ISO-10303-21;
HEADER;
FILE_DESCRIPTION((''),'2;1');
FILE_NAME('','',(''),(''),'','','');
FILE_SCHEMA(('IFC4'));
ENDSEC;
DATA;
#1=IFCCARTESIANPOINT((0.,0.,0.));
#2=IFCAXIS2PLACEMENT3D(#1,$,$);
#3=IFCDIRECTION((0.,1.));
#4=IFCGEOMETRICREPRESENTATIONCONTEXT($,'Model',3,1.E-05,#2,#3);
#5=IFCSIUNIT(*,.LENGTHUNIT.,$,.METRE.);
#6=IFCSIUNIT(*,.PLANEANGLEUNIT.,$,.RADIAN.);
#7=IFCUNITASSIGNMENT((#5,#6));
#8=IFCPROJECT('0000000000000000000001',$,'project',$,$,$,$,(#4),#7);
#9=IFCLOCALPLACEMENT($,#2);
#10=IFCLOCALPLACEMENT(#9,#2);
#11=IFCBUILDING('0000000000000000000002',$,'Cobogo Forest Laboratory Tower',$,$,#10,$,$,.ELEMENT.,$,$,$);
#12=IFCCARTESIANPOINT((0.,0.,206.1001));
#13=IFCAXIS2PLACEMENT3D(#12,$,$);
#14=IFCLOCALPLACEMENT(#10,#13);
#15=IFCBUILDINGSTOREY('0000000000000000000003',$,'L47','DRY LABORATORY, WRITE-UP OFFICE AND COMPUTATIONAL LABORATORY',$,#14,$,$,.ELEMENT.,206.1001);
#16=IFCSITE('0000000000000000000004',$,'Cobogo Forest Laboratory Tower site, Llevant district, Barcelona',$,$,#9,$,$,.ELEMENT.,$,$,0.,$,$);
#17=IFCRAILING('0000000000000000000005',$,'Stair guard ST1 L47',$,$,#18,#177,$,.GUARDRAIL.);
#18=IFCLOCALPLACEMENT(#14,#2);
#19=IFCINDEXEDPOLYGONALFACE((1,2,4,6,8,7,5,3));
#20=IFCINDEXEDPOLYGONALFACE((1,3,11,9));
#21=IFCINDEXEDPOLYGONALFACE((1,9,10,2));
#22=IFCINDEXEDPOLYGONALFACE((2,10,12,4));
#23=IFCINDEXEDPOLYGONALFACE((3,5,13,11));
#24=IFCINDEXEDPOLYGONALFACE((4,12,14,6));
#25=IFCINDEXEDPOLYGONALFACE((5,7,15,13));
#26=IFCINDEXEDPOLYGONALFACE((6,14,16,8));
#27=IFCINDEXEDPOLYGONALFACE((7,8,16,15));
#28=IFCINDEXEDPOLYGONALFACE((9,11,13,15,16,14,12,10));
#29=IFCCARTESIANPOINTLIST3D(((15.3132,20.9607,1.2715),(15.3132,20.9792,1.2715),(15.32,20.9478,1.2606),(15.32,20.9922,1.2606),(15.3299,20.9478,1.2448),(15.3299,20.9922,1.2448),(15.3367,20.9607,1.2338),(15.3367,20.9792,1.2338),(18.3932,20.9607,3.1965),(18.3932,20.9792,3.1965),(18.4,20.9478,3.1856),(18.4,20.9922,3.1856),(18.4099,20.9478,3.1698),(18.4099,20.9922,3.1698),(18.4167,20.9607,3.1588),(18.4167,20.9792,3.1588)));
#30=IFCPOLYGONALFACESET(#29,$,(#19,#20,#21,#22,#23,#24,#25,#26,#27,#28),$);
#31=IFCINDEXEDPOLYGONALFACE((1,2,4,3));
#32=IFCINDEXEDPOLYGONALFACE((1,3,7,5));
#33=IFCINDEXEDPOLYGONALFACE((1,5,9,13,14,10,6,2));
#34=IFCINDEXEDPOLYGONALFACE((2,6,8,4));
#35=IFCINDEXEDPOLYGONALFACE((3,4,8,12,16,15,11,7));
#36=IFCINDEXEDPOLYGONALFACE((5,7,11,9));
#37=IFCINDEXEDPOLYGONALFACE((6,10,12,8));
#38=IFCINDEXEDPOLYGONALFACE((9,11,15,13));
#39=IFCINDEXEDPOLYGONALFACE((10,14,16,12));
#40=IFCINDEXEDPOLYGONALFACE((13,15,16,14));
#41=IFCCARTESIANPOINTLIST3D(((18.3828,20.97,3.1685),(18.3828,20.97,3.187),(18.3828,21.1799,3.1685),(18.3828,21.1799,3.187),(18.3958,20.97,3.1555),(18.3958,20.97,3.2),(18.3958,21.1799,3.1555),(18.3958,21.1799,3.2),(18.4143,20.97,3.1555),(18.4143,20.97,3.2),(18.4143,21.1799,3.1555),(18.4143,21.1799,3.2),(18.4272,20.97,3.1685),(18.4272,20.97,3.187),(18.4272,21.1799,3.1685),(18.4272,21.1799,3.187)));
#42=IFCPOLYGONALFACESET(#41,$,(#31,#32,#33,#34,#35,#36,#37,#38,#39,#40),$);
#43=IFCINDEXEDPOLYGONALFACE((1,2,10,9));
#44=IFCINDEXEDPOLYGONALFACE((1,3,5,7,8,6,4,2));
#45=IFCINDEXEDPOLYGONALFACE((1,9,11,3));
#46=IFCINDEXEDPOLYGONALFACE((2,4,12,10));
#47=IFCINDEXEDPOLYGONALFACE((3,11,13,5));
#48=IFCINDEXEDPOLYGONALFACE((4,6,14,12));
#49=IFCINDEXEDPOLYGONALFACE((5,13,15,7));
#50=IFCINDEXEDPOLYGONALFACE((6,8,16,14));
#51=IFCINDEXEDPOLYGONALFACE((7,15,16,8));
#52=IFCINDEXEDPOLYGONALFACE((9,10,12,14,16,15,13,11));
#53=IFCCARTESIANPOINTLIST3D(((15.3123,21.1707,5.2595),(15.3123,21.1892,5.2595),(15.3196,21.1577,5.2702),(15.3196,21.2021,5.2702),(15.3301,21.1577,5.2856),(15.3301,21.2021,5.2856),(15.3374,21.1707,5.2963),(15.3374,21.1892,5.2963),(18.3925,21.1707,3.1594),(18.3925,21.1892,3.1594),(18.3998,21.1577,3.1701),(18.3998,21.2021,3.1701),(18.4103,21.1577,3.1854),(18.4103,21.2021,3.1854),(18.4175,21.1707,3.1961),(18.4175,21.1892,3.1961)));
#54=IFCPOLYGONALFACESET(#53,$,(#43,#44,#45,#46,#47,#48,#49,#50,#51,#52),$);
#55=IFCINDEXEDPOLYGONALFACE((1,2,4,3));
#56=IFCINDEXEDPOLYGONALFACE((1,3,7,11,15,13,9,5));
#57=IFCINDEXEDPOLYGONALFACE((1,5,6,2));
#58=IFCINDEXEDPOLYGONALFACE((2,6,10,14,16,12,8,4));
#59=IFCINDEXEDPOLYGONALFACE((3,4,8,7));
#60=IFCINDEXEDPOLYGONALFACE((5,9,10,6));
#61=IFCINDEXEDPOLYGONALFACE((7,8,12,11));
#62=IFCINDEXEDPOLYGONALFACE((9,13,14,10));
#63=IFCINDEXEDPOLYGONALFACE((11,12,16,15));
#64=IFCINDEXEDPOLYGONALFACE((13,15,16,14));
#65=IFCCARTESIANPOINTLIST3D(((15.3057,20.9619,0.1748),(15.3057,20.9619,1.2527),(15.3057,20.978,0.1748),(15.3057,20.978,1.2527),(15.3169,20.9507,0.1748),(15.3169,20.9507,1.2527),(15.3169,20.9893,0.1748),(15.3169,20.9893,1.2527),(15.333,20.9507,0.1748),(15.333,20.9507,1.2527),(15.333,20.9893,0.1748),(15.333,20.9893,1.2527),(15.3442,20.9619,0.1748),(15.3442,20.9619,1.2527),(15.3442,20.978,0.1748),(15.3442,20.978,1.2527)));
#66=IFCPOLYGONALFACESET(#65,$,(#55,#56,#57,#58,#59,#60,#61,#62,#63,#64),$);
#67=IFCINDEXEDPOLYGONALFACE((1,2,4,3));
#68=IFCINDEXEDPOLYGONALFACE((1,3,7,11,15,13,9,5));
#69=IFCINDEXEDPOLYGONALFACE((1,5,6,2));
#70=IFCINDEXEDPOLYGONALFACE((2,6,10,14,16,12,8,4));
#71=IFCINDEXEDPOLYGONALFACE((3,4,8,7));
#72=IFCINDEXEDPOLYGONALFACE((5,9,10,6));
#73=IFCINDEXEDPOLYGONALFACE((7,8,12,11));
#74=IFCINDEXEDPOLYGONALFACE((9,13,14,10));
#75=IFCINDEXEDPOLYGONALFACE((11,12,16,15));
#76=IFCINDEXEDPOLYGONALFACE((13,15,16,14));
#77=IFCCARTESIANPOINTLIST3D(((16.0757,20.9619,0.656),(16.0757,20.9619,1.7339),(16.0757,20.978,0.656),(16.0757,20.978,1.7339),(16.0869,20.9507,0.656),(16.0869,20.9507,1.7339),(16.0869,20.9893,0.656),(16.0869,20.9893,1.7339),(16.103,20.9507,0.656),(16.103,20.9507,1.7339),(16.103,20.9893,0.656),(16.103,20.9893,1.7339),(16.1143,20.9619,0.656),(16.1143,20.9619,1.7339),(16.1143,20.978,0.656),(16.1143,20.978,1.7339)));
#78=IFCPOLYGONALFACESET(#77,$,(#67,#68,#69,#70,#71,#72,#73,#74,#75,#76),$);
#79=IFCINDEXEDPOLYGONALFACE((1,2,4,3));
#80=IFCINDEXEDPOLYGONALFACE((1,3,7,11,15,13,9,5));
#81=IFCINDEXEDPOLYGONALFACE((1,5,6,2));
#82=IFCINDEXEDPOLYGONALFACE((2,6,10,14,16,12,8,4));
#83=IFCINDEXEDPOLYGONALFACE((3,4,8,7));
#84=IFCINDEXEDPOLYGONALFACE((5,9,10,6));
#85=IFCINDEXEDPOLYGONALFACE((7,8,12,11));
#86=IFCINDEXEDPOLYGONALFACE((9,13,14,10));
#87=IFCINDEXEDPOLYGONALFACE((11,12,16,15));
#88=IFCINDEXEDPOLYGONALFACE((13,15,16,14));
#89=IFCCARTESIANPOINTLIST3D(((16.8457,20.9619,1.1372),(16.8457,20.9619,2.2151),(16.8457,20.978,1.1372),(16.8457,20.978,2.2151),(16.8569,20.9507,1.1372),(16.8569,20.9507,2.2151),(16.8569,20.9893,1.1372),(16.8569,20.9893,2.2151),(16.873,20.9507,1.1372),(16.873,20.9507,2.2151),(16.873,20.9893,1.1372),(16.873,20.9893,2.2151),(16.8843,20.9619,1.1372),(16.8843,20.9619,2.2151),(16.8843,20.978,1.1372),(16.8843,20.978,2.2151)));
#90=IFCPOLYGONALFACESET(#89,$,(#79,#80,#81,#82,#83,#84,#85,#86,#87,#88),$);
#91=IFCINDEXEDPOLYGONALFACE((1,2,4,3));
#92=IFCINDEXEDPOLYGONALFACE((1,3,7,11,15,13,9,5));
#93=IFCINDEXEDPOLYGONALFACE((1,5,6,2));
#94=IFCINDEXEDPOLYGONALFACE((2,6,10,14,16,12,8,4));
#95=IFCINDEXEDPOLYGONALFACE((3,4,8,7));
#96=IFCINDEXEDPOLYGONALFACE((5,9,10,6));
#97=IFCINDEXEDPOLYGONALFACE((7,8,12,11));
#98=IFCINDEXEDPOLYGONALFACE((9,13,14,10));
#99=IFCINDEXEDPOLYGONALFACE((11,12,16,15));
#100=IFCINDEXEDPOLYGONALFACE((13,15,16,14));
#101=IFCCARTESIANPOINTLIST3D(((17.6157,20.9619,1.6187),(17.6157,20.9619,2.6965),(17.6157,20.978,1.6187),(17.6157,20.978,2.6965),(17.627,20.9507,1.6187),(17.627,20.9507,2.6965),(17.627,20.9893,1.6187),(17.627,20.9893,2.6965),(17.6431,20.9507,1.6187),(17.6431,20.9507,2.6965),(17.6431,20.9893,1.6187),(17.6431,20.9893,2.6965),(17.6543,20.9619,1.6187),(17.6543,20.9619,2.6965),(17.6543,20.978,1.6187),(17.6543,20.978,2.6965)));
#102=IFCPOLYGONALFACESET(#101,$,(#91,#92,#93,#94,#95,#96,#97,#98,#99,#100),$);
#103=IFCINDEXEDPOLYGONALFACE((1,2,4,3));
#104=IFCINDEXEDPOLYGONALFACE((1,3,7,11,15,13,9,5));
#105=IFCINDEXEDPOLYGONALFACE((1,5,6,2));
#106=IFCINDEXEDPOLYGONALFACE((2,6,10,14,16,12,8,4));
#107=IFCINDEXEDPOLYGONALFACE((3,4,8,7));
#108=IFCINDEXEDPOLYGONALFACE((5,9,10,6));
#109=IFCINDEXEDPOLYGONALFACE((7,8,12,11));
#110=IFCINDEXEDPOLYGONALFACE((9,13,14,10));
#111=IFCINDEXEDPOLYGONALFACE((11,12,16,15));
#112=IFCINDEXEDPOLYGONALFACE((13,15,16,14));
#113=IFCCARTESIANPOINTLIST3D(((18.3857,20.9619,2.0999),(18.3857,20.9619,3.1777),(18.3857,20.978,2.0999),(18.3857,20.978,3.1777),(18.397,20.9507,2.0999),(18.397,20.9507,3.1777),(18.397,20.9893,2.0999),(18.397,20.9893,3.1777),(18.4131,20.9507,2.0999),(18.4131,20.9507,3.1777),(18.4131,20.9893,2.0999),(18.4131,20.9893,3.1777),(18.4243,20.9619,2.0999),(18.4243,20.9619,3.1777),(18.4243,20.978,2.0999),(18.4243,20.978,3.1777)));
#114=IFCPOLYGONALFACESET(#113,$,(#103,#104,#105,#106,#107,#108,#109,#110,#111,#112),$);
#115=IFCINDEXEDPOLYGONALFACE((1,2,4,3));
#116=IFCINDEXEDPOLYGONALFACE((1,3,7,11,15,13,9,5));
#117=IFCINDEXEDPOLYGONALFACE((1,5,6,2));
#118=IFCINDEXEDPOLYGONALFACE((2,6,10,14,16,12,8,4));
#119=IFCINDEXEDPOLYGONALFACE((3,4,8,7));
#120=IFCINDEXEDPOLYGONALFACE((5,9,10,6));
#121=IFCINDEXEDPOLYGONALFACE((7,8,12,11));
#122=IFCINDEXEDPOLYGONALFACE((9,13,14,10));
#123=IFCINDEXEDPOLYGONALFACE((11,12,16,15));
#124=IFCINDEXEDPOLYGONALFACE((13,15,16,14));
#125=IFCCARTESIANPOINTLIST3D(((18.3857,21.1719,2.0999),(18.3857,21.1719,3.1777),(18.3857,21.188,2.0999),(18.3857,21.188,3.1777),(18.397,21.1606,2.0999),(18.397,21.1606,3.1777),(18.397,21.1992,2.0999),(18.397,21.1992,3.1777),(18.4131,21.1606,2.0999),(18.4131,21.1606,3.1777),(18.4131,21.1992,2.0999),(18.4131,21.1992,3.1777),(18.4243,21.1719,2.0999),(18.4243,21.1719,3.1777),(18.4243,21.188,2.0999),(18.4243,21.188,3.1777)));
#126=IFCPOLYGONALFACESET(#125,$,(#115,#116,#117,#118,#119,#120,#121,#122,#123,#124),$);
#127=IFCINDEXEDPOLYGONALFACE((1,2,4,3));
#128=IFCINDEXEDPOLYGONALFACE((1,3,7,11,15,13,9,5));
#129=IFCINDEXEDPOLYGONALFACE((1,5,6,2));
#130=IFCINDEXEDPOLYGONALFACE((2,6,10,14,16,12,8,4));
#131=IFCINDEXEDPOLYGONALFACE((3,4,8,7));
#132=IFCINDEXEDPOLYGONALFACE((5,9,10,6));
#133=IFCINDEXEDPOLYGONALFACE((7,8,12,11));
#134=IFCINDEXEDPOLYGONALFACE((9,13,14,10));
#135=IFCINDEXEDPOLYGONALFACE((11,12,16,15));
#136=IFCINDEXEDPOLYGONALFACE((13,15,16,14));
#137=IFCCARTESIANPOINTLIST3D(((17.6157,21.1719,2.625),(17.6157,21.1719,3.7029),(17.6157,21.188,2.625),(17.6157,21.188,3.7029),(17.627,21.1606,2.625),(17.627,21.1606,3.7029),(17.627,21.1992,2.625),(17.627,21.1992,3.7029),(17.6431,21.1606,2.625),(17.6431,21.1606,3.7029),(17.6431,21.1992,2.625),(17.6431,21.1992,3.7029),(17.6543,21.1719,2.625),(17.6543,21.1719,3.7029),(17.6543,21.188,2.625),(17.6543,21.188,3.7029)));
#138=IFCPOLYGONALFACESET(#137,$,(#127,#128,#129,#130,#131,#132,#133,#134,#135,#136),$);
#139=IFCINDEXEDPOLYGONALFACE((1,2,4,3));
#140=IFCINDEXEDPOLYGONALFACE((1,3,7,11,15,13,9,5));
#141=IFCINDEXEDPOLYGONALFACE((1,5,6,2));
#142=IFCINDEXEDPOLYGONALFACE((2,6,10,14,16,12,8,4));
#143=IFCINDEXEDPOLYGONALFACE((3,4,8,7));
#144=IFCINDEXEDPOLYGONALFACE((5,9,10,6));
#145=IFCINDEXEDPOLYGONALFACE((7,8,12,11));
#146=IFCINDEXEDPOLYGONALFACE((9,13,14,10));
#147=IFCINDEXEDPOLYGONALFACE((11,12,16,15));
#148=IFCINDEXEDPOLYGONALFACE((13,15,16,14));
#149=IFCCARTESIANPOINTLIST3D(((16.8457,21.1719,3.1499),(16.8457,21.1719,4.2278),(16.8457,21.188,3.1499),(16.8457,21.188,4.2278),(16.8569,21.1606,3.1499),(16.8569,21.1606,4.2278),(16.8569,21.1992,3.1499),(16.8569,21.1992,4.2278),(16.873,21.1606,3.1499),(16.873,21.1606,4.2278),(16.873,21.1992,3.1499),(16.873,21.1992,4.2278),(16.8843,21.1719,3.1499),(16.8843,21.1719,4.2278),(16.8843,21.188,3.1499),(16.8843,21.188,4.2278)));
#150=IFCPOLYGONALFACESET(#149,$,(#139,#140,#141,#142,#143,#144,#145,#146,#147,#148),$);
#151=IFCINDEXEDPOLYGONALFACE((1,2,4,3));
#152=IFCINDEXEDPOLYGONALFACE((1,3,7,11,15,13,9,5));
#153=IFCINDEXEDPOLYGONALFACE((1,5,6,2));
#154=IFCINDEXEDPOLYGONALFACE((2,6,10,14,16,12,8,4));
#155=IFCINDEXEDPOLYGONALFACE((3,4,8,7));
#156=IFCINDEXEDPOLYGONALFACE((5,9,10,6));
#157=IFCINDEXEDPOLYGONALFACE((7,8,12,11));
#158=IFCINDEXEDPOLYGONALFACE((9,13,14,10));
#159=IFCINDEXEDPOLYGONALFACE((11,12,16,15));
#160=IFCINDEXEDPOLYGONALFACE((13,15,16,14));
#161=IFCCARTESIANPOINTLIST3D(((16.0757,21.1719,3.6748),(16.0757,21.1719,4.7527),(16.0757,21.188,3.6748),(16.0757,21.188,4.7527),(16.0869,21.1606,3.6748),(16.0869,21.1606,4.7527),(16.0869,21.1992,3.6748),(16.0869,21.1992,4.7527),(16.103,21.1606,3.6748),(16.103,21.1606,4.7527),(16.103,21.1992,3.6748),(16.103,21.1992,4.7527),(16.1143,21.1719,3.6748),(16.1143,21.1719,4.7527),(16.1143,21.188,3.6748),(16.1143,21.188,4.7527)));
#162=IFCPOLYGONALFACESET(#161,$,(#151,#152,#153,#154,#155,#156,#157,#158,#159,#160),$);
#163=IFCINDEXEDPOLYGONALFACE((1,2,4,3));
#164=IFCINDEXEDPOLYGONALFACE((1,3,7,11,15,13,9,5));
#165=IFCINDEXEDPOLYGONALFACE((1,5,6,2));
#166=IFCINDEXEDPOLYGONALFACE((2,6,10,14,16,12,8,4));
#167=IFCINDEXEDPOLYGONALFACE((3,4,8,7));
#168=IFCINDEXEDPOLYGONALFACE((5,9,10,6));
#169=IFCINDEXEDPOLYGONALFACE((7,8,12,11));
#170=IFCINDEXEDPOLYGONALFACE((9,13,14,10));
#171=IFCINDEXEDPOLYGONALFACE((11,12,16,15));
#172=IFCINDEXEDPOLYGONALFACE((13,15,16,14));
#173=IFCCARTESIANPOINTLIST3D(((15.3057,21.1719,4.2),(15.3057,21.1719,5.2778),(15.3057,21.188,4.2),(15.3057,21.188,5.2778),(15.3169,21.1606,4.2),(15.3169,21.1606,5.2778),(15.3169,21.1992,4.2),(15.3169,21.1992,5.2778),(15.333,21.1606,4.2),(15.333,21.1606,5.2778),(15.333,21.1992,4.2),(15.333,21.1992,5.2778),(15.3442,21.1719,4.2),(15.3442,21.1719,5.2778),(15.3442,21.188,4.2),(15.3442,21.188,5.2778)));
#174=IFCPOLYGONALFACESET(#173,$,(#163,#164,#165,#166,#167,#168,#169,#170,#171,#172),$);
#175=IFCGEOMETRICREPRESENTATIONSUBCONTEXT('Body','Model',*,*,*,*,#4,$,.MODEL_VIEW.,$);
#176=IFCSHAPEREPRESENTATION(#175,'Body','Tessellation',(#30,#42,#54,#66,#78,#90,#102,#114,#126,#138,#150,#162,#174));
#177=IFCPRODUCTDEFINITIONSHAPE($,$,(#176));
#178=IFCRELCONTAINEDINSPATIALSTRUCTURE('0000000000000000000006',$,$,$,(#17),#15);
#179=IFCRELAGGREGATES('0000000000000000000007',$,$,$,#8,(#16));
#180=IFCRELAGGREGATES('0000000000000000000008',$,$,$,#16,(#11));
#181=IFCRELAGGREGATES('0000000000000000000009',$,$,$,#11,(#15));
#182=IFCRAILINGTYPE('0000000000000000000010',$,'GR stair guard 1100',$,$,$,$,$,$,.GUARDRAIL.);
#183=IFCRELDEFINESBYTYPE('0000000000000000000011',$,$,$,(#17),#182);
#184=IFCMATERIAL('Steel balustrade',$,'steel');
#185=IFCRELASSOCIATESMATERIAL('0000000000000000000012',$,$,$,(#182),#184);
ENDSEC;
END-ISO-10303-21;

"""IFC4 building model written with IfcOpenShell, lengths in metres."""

from ifc_helpers import new_model, si_unit, direction, frame, origin, place, context, subcontext, project, spatial, polyline, outline, extrude, material, type_object, element, save


model = new_model("IFC4")

# Units and contexts
model_context = context("Model", 3, precision=1e-05, world=origin(), true_north=direction((0.0, 1.0)))
body_context = subcontext(model_context, "Body", "Model", "MODEL_VIEW")
ifc_project = project(units=[si_unit("LENGTHUNIT", "METRE"), si_unit("PLANEANGLEUNIT", "RADIAN")], contexts=[model_context])

# Site, building, storey
site_placement = place(None, origin())
site = spatial("IfcSite", under=ifc_project, at=site_placement, Name="Cobogo Forest Laboratory Tower site, Llevant district, Barcelona", CompositionType="ELEMENT", RefElevation=0.0)
building_placement = place(site_placement, origin())
building = spatial("IfcBuilding", under=site, at=building_placement, Name="Cobogo Forest Laboratory Tower", CompositionType="ELEMENT")
storey_placement = place(building_placement, frame((0.0, 0.0, 206.1001)))
storey = spatial("IfcBuildingStorey", under=building, at=storey_placement, Name="L47", Description="DRY LABORATORY, WRITE-UP OFFICE AND COMPUTATIONAL LABORATORY", CompositionType="ELEMENT", Elevation=206.1001)

# Railing
ifc_material_1 = material(Name="Steel balustrade", Category="steel")
railing_type_1 = type_object("IfcRailingType", Name="GR stair guard 1100", PredefinedType="GUARDRAIL", material=ifc_material_1)
railing_1_placement = place(storey_placement, frame((15.325, 20.97, 0.1748)))
element("IfcRailing", 1, at=railing_1_placement, inside=storey, type_object=railing_type_1, Name="Stair guard ST1 L47", PredefinedType="GUARDRAIL", context=body_context, shape_type="SweptSolid", body=[
    extrude(outline(polyline([(0.0222, 0.0093), (0.0093, 0.0222), (-0.0093, 0.0222), (-0.0222, 0.0093), (-0.0222, -0.0093), (-0.0093, -0.0222), (0.0093, -0.0222), (0.0222, -0.0093), (0.0222, 0.0093)])), frame((0.0, 0.0, 1.0779), z_axis=(0.847998, 0.0, 0.529999), x_axis=(0.0, 1.0, 0.0)), (0.0, 0.0, 1.0), 3.6321),
    extrude(outline(polyline([(0.0222, 0.0093), (0.0093, 0.0222), (-0.0093, 0.0222), (-0.0222, 0.0093), (-0.0222, -0.0093), (-0.0093, -0.0222), (0.0093, -0.0222), (0.0222, -0.0093), (0.0222, 0.0093)])), frame((3.0801, 0.0, 3.0029), z_axis=(0.0, 1.0, 0.0), x_axis=(-1.0, 0.0, 0.0)), (0.0, 0.0, 1.0), 0.21),
    extrude(outline(polyline([(0.0222, 0.0093), (0.0093, 0.0222), (-0.0093, 0.0222), (-0.0222, 0.0093), (-0.0222, -0.0093), (-0.0093, -0.0222), (0.0093, -0.0222), (0.0222, -0.0093), (0.0222, 0.0093)])), frame((3.0801, 0.21, 3.0029), z_axis=(-0.826222, 0.0, 0.563345), x_axis=(0.0, -1.0, 0.0)), (0.0, 0.0, 1.0), 3.728),
    extrude(outline(polyline([(0.0193, 0.0081), (0.0081, 0.0193), (-0.0081, 0.0193), (-0.0193, 0.0081), (-0.0193, -0.0081), (-0.0081, -0.0193), (0.0081, -0.0193), (0.0193, -0.0081), (0.0193, 0.0081)])), origin(), (0.0, 0.0, 1.0), 1.0779),
    extrude(outline(polyline([(0.0193, 0.0081), (0.0081, 0.0193), (-0.0081, 0.0193), (-0.0193, 0.0081), (-0.0193, -0.0081), (-0.0081, -0.0193), (0.0081, -0.0193), (0.0193, -0.0081), (0.0193, 0.0081)])), frame((0.77, 0.0, 0.4812)), (0.0, 0.0, 1.0), 1.0779),
    extrude(outline(polyline([(0.0193, 0.0081), (0.0081, 0.0193), (-0.0081, 0.0193), (-0.0193, 0.0081), (-0.0193, -0.0081), (-0.0081, -0.0193), (0.0081, -0.0193), (0.0193, -0.0081), (0.0193, 0.0081)])), frame((1.54, 0.0, 0.9624)), (0.0, 0.0, 1.0), 1.0779),
    extrude(outline(polyline([(0.0193, 0.0081), (0.0081, 0.0193), (-0.0081, 0.0193), (-0.0193, 0.0081), (-0.0193, -0.0081), (-0.0081, -0.0193), (0.0081, -0.0193), (0.0193, -0.0081), (0.0193, 0.0081)])), frame((2.3101, 0.0, 1.4438)), (0.0, 0.0, 1.0), 1.0779),
    extrude(outline(polyline([(0.0193, 0.0081), (0.0081, 0.0193), (-0.0081, 0.0193), (-0.0193, 0.0081), (-0.0193, -0.0081), (-0.0081, -0.0193), (0.0081, -0.0193), (0.0193, -0.0081), (0.0193, 0.0081)])), frame((3.0801, 0.0, 1.925)), (0.0, 0.0, 1.0), 1.0779),
    extrude(outline(polyline([(0.0193, 0.0081), (0.0081, 0.0193), (-0.0081, 0.0193), (-0.0193, 0.0081), (-0.0193, -0.0081), (-0.0081, -0.0193), (0.0081, -0.0193), (0.0193, -0.0081), (0.0193, 0.0081)])), frame((3.0801, 0.21, 1.925)), (0.0, 0.0, 1.0), 1.0779),
    extrude(outline(polyline([(0.0193, 0.0081), (0.0081, 0.0193), (-0.0081, 0.0193), (-0.0193, 0.0081), (-0.0193, -0.0081), (-0.0081, -0.0193), (0.0081, -0.0193), (0.0193, -0.0081), (0.0193, 0.0081)])), frame((2.3101, 0.21, 2.4502)), (0.0, 0.0, 1.0), 1.0779),
    extrude(outline(polyline([(0.0193, 0.0081), (0.0081, 0.0193), (-0.0081, 0.0193), (-0.0193, 0.0081), (-0.0193, -0.0081), (-0.0081, -0.0193), (0.0081, -0.0193), (0.0193, -0.0081), (0.0193, 0.0081)])), frame((1.54, 0.21, 2.9751)), (0.0, 0.0, 1.0), 1.0779),
    extrude(outline(polyline([(0.0193, 0.0081), (0.0081, 0.0193), (-0.0081, 0.0193), (-0.0193, 0.0081), (-0.0193, -0.0081), (-0.0081, -0.0193), (0.0081, -0.0193), (0.0193, -0.0081), (0.0193, 0.0081)])), frame((0.77, 0.21, 3.5)), (0.0, 0.0, 1.0), 1.0779),
    extrude(outline(polyline([(0.0193, 0.0081), (0.0081, 0.0193), (-0.0081, 0.0193), (-0.0193, 0.0081), (-0.0193, -0.0081), (-0.0081, -0.0193), (0.0081, -0.0193), (0.0193, -0.0081), (0.0193, 0.0081)])), frame((0.0, 0.21, 4.0251)), (0.0, 0.0, 1.0), 1.0779),
])

save(model, "model.ifc")
